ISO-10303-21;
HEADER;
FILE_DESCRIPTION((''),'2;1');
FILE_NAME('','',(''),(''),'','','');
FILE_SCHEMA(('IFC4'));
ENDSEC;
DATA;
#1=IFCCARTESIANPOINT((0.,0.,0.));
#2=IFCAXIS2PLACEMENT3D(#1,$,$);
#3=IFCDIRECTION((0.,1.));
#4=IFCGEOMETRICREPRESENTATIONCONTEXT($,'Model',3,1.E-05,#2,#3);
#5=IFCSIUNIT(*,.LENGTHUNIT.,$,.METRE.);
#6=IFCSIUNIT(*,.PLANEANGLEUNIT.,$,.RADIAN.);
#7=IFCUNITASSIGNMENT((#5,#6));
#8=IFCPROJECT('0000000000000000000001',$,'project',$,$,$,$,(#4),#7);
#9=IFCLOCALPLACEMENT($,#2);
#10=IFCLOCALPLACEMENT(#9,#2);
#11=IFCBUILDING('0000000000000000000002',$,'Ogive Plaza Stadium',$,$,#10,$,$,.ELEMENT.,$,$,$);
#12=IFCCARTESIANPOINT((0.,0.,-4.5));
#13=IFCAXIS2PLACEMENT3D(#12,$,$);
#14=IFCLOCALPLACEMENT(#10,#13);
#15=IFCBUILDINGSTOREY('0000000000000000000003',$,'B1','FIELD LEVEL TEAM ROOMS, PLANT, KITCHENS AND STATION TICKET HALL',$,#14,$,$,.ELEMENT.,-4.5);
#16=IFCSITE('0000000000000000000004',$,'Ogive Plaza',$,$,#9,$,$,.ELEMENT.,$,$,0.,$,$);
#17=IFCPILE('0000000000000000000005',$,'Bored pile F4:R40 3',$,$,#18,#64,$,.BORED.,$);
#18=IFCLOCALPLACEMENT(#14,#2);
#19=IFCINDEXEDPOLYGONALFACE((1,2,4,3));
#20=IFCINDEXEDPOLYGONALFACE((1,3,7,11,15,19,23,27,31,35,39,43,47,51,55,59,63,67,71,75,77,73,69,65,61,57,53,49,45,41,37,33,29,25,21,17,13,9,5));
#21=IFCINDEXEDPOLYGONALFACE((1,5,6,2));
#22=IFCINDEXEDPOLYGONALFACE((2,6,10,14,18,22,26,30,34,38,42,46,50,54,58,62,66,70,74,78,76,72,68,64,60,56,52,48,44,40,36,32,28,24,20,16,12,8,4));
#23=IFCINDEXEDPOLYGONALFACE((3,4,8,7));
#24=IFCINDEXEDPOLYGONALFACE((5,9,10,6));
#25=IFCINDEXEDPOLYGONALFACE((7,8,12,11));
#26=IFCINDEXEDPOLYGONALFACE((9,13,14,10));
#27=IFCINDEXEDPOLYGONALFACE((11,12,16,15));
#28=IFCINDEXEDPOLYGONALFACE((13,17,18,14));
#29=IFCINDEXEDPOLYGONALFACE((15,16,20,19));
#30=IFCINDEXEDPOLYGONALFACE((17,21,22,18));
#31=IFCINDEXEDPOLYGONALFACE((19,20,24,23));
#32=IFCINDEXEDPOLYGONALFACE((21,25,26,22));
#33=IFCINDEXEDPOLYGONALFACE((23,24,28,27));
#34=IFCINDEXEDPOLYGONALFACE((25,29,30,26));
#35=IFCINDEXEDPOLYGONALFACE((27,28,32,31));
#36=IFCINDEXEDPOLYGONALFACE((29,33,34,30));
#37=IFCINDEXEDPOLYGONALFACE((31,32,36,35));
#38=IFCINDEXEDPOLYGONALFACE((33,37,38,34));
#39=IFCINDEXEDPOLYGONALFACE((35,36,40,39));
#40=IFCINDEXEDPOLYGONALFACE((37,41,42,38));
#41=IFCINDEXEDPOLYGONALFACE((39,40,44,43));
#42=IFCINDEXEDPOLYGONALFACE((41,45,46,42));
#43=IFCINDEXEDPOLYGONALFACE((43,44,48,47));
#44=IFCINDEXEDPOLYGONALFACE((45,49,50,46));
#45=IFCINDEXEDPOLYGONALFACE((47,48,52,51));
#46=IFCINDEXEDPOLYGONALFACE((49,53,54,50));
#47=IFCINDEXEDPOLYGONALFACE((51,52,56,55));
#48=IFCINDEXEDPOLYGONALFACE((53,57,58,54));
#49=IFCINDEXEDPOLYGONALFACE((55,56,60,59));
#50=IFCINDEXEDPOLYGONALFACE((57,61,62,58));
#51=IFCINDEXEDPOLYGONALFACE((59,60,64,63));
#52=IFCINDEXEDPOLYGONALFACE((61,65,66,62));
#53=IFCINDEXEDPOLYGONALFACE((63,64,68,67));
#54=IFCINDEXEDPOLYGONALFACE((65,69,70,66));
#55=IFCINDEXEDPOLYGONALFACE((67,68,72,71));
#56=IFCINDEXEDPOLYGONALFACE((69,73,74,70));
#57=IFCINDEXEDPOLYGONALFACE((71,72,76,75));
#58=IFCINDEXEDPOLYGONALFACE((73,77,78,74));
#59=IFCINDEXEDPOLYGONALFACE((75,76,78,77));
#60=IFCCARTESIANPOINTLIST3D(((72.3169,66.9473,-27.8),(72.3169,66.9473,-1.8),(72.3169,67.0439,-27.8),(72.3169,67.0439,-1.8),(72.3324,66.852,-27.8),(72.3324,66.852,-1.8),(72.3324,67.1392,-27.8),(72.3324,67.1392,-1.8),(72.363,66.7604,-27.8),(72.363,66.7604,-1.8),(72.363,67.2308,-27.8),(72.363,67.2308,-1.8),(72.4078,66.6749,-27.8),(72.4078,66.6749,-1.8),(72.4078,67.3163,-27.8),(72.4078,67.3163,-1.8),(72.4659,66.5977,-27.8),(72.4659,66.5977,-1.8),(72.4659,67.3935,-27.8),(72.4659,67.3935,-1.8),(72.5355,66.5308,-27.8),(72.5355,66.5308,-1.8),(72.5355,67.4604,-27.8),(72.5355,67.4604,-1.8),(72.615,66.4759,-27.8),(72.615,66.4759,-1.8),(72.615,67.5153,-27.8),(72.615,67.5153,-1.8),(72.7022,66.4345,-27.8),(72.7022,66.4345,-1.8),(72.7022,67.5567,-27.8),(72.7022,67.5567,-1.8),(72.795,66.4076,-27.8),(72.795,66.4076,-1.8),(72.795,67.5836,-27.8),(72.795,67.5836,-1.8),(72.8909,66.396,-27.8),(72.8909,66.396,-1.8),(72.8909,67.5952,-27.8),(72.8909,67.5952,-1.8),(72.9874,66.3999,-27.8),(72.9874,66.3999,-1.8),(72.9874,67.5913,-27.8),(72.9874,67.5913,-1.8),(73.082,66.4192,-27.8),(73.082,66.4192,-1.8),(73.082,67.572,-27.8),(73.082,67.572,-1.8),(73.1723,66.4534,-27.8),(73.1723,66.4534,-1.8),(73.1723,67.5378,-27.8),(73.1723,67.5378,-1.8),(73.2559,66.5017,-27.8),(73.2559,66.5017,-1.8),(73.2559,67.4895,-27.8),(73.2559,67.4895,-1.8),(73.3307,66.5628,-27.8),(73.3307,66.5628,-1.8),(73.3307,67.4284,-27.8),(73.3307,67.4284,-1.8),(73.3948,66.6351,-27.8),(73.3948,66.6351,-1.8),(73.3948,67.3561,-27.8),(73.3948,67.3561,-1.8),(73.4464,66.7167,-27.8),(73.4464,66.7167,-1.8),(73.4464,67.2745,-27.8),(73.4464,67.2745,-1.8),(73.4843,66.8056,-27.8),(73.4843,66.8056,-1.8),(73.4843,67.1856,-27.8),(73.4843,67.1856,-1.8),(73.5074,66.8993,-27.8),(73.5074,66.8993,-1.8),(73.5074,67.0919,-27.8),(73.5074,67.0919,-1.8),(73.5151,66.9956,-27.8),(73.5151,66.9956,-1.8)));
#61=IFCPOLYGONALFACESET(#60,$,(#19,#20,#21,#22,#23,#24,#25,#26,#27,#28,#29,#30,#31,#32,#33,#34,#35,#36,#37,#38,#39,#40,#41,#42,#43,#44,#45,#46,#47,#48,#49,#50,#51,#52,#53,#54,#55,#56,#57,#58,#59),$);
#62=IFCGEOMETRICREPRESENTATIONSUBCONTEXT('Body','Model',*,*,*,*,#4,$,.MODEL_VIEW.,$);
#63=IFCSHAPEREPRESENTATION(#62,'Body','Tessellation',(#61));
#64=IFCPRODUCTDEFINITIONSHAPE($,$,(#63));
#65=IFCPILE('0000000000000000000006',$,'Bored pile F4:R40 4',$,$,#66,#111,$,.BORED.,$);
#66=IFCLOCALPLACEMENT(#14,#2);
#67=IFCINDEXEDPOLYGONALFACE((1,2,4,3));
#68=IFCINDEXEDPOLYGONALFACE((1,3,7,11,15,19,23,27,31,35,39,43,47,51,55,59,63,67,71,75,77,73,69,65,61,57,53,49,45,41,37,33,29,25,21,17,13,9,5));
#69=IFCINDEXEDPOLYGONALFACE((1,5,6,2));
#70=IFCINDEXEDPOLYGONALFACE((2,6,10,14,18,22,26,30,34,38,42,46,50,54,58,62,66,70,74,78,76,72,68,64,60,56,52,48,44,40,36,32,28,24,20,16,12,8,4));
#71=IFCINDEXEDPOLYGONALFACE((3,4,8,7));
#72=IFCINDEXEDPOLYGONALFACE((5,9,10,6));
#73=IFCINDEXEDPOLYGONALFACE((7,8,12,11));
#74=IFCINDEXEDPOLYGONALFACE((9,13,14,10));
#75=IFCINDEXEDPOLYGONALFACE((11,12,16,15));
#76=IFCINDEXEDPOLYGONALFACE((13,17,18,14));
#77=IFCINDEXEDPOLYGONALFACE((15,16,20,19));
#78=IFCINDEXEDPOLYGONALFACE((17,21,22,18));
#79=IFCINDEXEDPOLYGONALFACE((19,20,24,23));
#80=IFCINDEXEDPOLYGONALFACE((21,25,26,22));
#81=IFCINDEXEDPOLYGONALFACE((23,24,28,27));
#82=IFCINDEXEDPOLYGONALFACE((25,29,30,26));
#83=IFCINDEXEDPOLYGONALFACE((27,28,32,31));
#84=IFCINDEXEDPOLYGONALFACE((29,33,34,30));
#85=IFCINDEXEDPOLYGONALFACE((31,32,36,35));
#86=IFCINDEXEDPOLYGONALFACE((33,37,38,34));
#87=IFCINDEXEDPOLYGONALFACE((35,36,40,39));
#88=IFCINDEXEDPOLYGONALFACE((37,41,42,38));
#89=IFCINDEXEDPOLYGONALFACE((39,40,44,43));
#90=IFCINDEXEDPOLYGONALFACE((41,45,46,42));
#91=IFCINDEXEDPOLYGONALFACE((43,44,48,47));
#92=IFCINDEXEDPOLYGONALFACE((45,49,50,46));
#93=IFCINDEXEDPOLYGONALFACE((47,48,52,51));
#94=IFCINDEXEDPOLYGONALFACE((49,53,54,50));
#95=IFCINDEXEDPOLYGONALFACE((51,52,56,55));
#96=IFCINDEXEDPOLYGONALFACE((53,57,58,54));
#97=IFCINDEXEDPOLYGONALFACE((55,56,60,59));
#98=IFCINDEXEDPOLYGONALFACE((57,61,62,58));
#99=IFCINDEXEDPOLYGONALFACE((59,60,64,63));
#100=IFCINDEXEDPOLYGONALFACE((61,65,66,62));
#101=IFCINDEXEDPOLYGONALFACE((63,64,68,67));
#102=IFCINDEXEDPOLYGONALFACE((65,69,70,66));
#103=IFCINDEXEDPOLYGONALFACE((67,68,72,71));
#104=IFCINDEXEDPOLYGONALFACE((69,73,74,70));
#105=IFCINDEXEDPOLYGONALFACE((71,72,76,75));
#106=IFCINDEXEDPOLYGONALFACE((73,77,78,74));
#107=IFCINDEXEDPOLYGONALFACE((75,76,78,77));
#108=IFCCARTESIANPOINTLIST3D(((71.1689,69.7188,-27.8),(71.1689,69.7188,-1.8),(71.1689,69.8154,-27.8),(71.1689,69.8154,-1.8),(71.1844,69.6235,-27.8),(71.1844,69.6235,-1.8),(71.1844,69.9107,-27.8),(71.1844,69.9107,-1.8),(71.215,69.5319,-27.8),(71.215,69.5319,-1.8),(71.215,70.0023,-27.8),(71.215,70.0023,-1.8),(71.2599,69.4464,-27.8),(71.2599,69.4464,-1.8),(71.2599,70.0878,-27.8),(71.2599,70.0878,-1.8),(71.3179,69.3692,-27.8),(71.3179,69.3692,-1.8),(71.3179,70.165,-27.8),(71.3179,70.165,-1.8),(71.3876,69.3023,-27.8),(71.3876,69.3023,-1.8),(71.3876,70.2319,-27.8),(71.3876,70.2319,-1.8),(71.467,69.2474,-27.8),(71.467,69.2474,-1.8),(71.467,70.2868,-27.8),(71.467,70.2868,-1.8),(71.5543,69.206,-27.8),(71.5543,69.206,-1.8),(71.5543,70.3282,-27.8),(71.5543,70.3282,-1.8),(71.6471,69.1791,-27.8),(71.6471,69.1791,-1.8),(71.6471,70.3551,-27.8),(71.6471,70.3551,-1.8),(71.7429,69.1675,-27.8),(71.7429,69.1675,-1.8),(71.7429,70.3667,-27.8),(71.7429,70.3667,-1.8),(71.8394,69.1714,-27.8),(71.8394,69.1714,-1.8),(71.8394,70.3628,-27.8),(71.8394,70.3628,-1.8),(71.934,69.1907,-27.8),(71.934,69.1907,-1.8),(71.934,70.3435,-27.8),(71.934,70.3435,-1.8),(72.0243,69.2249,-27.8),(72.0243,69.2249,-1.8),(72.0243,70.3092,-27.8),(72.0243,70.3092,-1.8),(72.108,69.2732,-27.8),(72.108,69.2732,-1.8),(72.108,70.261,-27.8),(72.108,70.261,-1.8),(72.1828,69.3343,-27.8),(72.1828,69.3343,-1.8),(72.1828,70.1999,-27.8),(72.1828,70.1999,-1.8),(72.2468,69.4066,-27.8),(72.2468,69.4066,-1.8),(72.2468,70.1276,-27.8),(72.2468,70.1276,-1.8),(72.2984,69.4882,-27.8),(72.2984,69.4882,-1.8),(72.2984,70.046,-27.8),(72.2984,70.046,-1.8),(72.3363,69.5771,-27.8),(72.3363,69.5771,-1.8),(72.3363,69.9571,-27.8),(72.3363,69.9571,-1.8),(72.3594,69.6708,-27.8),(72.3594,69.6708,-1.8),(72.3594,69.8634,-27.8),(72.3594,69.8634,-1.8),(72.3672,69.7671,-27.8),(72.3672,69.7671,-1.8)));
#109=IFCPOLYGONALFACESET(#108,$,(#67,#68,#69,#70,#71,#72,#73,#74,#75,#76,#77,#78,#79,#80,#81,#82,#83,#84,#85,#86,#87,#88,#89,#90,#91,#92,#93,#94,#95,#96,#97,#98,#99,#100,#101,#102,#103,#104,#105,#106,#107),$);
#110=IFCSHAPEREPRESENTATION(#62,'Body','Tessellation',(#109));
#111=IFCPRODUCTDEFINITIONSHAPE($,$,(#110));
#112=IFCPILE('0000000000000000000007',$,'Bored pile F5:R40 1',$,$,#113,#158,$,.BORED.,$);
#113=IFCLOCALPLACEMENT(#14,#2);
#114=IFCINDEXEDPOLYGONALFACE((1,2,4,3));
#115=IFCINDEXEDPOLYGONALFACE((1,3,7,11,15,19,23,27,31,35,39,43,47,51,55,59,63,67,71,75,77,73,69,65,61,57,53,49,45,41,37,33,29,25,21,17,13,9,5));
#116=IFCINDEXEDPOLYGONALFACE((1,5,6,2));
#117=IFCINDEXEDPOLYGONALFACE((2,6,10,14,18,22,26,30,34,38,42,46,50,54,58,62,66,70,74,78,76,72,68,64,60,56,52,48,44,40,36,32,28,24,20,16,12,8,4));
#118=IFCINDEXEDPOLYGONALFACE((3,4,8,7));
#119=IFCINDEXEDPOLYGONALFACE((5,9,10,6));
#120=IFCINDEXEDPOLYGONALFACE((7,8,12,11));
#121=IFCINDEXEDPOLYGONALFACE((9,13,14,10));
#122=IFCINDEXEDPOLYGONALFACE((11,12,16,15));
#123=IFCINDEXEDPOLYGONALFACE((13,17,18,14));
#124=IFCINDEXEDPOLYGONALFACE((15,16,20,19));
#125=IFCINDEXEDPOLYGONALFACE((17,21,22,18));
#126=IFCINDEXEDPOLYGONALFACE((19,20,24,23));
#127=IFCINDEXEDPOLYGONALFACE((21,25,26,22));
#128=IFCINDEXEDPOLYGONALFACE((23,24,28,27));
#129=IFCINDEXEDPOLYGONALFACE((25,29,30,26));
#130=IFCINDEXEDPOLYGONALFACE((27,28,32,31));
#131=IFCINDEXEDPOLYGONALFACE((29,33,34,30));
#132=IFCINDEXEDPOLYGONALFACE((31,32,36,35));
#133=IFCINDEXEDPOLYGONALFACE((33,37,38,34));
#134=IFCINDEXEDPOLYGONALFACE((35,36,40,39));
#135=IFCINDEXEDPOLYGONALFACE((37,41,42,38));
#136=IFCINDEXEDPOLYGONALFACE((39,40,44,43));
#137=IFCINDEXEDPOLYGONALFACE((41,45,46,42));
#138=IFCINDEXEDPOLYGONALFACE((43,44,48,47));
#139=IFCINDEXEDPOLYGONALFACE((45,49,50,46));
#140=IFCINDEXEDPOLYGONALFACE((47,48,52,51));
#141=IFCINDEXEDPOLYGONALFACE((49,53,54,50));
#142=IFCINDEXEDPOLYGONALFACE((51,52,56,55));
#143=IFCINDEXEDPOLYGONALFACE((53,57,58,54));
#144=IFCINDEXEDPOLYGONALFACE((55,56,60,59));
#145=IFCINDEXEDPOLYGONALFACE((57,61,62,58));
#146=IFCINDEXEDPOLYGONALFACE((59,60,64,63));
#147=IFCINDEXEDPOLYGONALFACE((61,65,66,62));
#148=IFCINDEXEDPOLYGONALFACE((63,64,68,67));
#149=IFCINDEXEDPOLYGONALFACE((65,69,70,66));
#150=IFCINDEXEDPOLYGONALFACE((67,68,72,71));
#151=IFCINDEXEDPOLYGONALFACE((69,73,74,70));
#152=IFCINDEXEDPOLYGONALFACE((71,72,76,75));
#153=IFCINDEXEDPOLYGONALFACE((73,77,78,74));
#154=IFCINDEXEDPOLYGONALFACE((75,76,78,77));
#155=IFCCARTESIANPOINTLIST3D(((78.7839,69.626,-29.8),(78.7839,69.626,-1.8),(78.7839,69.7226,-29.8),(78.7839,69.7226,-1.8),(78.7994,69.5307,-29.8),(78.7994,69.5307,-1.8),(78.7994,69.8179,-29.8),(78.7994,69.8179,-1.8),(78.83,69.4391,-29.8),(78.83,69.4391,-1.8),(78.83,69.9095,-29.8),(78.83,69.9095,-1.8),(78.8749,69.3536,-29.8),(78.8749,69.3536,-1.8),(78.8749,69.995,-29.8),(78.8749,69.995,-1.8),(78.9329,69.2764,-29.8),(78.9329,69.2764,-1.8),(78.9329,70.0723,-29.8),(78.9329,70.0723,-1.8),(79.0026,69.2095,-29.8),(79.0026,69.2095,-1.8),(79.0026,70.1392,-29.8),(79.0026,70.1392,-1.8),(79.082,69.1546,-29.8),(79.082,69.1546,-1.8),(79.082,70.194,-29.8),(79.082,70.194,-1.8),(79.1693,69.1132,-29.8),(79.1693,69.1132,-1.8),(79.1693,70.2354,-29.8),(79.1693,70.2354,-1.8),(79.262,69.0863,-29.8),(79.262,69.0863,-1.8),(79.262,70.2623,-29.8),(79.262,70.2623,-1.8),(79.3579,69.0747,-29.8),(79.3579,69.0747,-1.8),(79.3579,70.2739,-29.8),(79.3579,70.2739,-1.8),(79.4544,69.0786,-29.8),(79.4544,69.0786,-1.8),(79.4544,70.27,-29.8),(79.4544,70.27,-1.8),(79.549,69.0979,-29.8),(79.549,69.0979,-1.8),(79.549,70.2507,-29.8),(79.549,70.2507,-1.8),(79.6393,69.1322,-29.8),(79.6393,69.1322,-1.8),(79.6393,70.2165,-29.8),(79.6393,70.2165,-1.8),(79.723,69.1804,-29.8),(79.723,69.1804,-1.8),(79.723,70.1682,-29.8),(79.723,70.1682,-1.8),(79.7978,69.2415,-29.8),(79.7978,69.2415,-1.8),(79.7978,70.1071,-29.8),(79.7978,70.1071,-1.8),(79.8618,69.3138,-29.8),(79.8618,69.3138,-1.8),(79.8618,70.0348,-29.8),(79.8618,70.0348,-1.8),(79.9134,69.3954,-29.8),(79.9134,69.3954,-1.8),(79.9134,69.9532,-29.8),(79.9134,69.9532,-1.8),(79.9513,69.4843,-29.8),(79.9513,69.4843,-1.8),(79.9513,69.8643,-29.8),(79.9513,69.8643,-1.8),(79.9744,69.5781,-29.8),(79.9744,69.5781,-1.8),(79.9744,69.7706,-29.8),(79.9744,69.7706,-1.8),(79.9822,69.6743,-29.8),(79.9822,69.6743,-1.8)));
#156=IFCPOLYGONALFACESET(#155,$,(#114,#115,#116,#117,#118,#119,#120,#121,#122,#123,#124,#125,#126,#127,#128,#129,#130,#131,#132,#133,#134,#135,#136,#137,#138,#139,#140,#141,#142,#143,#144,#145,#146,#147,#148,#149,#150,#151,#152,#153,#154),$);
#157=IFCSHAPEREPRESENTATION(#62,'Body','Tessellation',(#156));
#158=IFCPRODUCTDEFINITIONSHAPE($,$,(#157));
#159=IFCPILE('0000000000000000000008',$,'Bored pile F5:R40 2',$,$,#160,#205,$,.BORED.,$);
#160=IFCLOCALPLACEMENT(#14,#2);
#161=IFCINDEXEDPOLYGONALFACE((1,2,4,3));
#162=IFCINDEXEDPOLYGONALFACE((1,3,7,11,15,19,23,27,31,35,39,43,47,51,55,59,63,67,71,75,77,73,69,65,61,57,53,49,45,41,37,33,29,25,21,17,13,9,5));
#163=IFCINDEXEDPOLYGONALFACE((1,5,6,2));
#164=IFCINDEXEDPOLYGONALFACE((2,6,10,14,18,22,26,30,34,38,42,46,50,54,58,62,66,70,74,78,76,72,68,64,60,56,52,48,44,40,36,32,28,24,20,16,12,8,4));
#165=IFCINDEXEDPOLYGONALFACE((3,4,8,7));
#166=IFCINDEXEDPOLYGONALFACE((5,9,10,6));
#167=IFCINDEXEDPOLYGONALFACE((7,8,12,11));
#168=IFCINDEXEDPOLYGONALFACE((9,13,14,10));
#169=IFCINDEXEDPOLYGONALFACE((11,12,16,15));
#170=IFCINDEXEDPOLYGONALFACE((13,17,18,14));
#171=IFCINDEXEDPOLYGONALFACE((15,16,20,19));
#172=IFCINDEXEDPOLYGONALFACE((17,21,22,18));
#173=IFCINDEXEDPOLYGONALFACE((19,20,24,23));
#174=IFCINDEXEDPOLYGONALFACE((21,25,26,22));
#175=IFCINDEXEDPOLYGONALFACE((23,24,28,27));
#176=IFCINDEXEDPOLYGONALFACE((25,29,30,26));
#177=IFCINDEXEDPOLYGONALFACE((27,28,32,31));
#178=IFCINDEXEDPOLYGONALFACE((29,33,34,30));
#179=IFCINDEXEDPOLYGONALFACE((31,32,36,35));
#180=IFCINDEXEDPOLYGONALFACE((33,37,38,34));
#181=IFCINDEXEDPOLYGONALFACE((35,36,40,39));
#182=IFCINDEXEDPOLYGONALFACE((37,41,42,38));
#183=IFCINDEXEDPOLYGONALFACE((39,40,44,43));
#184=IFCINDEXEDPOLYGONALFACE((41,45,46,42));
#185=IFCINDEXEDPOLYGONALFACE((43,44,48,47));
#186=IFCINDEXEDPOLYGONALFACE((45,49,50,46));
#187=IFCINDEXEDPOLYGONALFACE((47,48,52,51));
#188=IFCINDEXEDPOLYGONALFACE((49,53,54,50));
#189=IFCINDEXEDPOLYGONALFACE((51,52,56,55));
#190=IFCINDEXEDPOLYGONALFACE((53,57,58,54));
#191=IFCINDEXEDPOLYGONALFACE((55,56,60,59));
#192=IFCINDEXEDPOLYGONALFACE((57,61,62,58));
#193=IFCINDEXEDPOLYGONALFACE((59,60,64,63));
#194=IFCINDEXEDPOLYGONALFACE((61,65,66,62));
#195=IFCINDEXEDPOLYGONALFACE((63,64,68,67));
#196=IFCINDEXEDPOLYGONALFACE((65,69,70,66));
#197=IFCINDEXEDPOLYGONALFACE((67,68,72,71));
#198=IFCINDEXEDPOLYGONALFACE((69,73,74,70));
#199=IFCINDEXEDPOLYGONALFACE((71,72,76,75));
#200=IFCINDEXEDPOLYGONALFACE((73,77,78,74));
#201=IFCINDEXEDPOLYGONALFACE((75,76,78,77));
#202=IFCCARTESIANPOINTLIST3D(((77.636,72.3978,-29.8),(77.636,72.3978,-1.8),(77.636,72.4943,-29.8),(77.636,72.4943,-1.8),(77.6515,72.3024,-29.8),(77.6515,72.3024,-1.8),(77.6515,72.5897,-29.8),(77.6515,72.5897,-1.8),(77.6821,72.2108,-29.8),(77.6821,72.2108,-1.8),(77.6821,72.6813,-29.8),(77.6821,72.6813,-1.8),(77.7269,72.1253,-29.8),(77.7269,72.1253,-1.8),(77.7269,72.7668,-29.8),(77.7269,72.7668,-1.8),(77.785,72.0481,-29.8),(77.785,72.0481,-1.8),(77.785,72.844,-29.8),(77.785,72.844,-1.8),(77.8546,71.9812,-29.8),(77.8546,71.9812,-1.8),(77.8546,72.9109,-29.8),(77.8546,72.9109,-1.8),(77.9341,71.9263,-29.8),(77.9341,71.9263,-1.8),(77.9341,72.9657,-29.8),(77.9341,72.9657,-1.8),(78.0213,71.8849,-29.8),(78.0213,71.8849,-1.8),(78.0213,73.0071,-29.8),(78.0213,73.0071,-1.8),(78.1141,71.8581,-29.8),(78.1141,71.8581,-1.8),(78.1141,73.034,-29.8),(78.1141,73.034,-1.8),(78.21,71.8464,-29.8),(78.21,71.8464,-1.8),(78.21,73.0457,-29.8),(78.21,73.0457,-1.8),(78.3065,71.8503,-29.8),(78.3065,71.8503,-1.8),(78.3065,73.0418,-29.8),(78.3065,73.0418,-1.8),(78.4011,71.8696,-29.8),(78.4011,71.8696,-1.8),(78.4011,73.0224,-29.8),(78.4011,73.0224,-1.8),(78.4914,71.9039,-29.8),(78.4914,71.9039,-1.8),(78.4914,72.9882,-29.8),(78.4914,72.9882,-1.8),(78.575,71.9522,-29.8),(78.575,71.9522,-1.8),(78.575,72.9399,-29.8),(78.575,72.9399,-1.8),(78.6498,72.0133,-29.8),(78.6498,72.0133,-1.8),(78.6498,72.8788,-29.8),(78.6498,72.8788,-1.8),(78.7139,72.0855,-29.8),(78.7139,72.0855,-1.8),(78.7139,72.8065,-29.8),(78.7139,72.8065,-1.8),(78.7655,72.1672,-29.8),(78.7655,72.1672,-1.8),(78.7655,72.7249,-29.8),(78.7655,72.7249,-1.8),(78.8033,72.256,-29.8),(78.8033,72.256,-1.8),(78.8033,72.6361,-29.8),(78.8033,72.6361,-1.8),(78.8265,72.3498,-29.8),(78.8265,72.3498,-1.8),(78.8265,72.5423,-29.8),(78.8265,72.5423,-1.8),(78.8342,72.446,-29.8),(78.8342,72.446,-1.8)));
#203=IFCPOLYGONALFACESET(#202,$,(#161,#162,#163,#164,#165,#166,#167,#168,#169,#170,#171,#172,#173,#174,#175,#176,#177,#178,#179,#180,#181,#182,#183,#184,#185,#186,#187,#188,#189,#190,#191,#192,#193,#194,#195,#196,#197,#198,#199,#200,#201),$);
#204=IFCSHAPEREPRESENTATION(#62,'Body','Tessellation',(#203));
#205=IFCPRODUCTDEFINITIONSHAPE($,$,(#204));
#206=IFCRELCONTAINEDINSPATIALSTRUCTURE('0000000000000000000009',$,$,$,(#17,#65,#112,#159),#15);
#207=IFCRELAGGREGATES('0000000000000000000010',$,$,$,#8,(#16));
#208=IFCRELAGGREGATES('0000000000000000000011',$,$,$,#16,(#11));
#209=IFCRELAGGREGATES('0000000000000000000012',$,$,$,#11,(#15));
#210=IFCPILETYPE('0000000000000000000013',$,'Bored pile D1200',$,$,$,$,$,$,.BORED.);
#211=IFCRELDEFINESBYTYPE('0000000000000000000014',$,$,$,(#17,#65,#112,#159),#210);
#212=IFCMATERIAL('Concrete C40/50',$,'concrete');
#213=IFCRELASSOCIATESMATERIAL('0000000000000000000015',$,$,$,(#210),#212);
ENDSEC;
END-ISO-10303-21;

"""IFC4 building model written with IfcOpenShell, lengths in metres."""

from ifc_helpers import new_model, si_unit, direction, frame, origin, origin_2d, place, context, subcontext, project, spatial, circle, extrude, material, material_profile, profile_set, type_object, element, save


model = new_model("IFC4")

# Units and contexts
model_context = context("Model", 3, precision=1e-05, world=origin(), true_north=direction((0.0, 1.0)))
body_context = subcontext(model_context, "Body", "Model", "MODEL_VIEW")
ifc_project = project(units=[si_unit("LENGTHUNIT", "METRE"), si_unit("PLANEANGLEUNIT", "RADIAN")], contexts=[model_context])

# Site, building, storey
site_placement = place(None, origin())
site = spatial("IfcSite", under=ifc_project, at=site_placement, Name="Ogive Plaza", CompositionType="ELEMENT", RefElevation=0.0)
building_placement = place(site_placement, origin())
building = spatial("IfcBuilding", under=site, at=building_placement, Name="Ogive Plaza Stadium", CompositionType="ELEMENT")
storey_placement = place(building_placement, frame((0.0, 0.0, -4.5)))
storey = spatial("IfcBuildingStorey", under=building, at=storey_placement, Name="B1", Description="FIELD LEVEL TEAM ROOMS, PLANT, KITCHENS AND STATION TICKET HALL", CompositionType="ELEMENT", Elevation=-4.5)

# Piles
ifc_material_1 = material(Name="Concrete C40/50", Category="concrete")
ifc_material_profile_1 = material_profile(ifc_material_1, circle(Radius=0.6001, at=origin_2d()), Name="RC D1200")
ifc_profile_set_1 = profile_set([ifc_material_profile_1], Name="Concrete C40/50")
pile_type_1 = type_object("IfcPileType", Name="Bored pile D1200", PredefinedType="BORED", material=ifc_profile_set_1)
for number, where, z_axis, x_axis, name in (
    (1, (72.915, 66.9956, -1.8), (0.0, 0.0, -1.0), (1.0, 0.0, 0.0), "Bored pile F4:R40 3"),
    (2, (71.7671, 69.7671, -1.8), (0.0, 0.0, -1.0), (1.0, 0.0, 0.0), "Bored pile F4:R40 4"),
):
    element("IfcPile", number, at=place(storey_placement, frame(where, z_axis=z_axis, x_axis=x_axis)), inside=storey, type_object=pile_type_1, Name=name, PredefinedType="BORED", context=body_context, shape_type="SweptSolid", body=[
        extrude(circle(Radius=0.6001, at=origin_2d()), origin(), (0.0, 0.0, 1.0), 26.0),
    ])
for number, where, z_axis, x_axis, name in (
    (3, (79.3821, 69.6743, -1.8), (0.0, 0.0, -1.0), (1.0, 0.0, 0.0), "Bored pile F5:R40 1"),
    (4, (78.2341, 72.446, -1.8), (0.0, 0.0, -1.0), (1.0, 0.0, 0.0), "Bored pile F5:R40 2"),
):
    element("IfcPile", number, at=place(storey_placement, frame(where, z_axis=z_axis, x_axis=x_axis)), inside=storey, type_object=pile_type_1, Name=name, PredefinedType="BORED", context=body_context, shape_type="SweptSolid", body=[
        extrude(circle(Radius=0.6001, at=origin_2d()), origin(), (0.0, 0.0, 1.0), 28.0),
    ])

save(model, "model.ifc")
